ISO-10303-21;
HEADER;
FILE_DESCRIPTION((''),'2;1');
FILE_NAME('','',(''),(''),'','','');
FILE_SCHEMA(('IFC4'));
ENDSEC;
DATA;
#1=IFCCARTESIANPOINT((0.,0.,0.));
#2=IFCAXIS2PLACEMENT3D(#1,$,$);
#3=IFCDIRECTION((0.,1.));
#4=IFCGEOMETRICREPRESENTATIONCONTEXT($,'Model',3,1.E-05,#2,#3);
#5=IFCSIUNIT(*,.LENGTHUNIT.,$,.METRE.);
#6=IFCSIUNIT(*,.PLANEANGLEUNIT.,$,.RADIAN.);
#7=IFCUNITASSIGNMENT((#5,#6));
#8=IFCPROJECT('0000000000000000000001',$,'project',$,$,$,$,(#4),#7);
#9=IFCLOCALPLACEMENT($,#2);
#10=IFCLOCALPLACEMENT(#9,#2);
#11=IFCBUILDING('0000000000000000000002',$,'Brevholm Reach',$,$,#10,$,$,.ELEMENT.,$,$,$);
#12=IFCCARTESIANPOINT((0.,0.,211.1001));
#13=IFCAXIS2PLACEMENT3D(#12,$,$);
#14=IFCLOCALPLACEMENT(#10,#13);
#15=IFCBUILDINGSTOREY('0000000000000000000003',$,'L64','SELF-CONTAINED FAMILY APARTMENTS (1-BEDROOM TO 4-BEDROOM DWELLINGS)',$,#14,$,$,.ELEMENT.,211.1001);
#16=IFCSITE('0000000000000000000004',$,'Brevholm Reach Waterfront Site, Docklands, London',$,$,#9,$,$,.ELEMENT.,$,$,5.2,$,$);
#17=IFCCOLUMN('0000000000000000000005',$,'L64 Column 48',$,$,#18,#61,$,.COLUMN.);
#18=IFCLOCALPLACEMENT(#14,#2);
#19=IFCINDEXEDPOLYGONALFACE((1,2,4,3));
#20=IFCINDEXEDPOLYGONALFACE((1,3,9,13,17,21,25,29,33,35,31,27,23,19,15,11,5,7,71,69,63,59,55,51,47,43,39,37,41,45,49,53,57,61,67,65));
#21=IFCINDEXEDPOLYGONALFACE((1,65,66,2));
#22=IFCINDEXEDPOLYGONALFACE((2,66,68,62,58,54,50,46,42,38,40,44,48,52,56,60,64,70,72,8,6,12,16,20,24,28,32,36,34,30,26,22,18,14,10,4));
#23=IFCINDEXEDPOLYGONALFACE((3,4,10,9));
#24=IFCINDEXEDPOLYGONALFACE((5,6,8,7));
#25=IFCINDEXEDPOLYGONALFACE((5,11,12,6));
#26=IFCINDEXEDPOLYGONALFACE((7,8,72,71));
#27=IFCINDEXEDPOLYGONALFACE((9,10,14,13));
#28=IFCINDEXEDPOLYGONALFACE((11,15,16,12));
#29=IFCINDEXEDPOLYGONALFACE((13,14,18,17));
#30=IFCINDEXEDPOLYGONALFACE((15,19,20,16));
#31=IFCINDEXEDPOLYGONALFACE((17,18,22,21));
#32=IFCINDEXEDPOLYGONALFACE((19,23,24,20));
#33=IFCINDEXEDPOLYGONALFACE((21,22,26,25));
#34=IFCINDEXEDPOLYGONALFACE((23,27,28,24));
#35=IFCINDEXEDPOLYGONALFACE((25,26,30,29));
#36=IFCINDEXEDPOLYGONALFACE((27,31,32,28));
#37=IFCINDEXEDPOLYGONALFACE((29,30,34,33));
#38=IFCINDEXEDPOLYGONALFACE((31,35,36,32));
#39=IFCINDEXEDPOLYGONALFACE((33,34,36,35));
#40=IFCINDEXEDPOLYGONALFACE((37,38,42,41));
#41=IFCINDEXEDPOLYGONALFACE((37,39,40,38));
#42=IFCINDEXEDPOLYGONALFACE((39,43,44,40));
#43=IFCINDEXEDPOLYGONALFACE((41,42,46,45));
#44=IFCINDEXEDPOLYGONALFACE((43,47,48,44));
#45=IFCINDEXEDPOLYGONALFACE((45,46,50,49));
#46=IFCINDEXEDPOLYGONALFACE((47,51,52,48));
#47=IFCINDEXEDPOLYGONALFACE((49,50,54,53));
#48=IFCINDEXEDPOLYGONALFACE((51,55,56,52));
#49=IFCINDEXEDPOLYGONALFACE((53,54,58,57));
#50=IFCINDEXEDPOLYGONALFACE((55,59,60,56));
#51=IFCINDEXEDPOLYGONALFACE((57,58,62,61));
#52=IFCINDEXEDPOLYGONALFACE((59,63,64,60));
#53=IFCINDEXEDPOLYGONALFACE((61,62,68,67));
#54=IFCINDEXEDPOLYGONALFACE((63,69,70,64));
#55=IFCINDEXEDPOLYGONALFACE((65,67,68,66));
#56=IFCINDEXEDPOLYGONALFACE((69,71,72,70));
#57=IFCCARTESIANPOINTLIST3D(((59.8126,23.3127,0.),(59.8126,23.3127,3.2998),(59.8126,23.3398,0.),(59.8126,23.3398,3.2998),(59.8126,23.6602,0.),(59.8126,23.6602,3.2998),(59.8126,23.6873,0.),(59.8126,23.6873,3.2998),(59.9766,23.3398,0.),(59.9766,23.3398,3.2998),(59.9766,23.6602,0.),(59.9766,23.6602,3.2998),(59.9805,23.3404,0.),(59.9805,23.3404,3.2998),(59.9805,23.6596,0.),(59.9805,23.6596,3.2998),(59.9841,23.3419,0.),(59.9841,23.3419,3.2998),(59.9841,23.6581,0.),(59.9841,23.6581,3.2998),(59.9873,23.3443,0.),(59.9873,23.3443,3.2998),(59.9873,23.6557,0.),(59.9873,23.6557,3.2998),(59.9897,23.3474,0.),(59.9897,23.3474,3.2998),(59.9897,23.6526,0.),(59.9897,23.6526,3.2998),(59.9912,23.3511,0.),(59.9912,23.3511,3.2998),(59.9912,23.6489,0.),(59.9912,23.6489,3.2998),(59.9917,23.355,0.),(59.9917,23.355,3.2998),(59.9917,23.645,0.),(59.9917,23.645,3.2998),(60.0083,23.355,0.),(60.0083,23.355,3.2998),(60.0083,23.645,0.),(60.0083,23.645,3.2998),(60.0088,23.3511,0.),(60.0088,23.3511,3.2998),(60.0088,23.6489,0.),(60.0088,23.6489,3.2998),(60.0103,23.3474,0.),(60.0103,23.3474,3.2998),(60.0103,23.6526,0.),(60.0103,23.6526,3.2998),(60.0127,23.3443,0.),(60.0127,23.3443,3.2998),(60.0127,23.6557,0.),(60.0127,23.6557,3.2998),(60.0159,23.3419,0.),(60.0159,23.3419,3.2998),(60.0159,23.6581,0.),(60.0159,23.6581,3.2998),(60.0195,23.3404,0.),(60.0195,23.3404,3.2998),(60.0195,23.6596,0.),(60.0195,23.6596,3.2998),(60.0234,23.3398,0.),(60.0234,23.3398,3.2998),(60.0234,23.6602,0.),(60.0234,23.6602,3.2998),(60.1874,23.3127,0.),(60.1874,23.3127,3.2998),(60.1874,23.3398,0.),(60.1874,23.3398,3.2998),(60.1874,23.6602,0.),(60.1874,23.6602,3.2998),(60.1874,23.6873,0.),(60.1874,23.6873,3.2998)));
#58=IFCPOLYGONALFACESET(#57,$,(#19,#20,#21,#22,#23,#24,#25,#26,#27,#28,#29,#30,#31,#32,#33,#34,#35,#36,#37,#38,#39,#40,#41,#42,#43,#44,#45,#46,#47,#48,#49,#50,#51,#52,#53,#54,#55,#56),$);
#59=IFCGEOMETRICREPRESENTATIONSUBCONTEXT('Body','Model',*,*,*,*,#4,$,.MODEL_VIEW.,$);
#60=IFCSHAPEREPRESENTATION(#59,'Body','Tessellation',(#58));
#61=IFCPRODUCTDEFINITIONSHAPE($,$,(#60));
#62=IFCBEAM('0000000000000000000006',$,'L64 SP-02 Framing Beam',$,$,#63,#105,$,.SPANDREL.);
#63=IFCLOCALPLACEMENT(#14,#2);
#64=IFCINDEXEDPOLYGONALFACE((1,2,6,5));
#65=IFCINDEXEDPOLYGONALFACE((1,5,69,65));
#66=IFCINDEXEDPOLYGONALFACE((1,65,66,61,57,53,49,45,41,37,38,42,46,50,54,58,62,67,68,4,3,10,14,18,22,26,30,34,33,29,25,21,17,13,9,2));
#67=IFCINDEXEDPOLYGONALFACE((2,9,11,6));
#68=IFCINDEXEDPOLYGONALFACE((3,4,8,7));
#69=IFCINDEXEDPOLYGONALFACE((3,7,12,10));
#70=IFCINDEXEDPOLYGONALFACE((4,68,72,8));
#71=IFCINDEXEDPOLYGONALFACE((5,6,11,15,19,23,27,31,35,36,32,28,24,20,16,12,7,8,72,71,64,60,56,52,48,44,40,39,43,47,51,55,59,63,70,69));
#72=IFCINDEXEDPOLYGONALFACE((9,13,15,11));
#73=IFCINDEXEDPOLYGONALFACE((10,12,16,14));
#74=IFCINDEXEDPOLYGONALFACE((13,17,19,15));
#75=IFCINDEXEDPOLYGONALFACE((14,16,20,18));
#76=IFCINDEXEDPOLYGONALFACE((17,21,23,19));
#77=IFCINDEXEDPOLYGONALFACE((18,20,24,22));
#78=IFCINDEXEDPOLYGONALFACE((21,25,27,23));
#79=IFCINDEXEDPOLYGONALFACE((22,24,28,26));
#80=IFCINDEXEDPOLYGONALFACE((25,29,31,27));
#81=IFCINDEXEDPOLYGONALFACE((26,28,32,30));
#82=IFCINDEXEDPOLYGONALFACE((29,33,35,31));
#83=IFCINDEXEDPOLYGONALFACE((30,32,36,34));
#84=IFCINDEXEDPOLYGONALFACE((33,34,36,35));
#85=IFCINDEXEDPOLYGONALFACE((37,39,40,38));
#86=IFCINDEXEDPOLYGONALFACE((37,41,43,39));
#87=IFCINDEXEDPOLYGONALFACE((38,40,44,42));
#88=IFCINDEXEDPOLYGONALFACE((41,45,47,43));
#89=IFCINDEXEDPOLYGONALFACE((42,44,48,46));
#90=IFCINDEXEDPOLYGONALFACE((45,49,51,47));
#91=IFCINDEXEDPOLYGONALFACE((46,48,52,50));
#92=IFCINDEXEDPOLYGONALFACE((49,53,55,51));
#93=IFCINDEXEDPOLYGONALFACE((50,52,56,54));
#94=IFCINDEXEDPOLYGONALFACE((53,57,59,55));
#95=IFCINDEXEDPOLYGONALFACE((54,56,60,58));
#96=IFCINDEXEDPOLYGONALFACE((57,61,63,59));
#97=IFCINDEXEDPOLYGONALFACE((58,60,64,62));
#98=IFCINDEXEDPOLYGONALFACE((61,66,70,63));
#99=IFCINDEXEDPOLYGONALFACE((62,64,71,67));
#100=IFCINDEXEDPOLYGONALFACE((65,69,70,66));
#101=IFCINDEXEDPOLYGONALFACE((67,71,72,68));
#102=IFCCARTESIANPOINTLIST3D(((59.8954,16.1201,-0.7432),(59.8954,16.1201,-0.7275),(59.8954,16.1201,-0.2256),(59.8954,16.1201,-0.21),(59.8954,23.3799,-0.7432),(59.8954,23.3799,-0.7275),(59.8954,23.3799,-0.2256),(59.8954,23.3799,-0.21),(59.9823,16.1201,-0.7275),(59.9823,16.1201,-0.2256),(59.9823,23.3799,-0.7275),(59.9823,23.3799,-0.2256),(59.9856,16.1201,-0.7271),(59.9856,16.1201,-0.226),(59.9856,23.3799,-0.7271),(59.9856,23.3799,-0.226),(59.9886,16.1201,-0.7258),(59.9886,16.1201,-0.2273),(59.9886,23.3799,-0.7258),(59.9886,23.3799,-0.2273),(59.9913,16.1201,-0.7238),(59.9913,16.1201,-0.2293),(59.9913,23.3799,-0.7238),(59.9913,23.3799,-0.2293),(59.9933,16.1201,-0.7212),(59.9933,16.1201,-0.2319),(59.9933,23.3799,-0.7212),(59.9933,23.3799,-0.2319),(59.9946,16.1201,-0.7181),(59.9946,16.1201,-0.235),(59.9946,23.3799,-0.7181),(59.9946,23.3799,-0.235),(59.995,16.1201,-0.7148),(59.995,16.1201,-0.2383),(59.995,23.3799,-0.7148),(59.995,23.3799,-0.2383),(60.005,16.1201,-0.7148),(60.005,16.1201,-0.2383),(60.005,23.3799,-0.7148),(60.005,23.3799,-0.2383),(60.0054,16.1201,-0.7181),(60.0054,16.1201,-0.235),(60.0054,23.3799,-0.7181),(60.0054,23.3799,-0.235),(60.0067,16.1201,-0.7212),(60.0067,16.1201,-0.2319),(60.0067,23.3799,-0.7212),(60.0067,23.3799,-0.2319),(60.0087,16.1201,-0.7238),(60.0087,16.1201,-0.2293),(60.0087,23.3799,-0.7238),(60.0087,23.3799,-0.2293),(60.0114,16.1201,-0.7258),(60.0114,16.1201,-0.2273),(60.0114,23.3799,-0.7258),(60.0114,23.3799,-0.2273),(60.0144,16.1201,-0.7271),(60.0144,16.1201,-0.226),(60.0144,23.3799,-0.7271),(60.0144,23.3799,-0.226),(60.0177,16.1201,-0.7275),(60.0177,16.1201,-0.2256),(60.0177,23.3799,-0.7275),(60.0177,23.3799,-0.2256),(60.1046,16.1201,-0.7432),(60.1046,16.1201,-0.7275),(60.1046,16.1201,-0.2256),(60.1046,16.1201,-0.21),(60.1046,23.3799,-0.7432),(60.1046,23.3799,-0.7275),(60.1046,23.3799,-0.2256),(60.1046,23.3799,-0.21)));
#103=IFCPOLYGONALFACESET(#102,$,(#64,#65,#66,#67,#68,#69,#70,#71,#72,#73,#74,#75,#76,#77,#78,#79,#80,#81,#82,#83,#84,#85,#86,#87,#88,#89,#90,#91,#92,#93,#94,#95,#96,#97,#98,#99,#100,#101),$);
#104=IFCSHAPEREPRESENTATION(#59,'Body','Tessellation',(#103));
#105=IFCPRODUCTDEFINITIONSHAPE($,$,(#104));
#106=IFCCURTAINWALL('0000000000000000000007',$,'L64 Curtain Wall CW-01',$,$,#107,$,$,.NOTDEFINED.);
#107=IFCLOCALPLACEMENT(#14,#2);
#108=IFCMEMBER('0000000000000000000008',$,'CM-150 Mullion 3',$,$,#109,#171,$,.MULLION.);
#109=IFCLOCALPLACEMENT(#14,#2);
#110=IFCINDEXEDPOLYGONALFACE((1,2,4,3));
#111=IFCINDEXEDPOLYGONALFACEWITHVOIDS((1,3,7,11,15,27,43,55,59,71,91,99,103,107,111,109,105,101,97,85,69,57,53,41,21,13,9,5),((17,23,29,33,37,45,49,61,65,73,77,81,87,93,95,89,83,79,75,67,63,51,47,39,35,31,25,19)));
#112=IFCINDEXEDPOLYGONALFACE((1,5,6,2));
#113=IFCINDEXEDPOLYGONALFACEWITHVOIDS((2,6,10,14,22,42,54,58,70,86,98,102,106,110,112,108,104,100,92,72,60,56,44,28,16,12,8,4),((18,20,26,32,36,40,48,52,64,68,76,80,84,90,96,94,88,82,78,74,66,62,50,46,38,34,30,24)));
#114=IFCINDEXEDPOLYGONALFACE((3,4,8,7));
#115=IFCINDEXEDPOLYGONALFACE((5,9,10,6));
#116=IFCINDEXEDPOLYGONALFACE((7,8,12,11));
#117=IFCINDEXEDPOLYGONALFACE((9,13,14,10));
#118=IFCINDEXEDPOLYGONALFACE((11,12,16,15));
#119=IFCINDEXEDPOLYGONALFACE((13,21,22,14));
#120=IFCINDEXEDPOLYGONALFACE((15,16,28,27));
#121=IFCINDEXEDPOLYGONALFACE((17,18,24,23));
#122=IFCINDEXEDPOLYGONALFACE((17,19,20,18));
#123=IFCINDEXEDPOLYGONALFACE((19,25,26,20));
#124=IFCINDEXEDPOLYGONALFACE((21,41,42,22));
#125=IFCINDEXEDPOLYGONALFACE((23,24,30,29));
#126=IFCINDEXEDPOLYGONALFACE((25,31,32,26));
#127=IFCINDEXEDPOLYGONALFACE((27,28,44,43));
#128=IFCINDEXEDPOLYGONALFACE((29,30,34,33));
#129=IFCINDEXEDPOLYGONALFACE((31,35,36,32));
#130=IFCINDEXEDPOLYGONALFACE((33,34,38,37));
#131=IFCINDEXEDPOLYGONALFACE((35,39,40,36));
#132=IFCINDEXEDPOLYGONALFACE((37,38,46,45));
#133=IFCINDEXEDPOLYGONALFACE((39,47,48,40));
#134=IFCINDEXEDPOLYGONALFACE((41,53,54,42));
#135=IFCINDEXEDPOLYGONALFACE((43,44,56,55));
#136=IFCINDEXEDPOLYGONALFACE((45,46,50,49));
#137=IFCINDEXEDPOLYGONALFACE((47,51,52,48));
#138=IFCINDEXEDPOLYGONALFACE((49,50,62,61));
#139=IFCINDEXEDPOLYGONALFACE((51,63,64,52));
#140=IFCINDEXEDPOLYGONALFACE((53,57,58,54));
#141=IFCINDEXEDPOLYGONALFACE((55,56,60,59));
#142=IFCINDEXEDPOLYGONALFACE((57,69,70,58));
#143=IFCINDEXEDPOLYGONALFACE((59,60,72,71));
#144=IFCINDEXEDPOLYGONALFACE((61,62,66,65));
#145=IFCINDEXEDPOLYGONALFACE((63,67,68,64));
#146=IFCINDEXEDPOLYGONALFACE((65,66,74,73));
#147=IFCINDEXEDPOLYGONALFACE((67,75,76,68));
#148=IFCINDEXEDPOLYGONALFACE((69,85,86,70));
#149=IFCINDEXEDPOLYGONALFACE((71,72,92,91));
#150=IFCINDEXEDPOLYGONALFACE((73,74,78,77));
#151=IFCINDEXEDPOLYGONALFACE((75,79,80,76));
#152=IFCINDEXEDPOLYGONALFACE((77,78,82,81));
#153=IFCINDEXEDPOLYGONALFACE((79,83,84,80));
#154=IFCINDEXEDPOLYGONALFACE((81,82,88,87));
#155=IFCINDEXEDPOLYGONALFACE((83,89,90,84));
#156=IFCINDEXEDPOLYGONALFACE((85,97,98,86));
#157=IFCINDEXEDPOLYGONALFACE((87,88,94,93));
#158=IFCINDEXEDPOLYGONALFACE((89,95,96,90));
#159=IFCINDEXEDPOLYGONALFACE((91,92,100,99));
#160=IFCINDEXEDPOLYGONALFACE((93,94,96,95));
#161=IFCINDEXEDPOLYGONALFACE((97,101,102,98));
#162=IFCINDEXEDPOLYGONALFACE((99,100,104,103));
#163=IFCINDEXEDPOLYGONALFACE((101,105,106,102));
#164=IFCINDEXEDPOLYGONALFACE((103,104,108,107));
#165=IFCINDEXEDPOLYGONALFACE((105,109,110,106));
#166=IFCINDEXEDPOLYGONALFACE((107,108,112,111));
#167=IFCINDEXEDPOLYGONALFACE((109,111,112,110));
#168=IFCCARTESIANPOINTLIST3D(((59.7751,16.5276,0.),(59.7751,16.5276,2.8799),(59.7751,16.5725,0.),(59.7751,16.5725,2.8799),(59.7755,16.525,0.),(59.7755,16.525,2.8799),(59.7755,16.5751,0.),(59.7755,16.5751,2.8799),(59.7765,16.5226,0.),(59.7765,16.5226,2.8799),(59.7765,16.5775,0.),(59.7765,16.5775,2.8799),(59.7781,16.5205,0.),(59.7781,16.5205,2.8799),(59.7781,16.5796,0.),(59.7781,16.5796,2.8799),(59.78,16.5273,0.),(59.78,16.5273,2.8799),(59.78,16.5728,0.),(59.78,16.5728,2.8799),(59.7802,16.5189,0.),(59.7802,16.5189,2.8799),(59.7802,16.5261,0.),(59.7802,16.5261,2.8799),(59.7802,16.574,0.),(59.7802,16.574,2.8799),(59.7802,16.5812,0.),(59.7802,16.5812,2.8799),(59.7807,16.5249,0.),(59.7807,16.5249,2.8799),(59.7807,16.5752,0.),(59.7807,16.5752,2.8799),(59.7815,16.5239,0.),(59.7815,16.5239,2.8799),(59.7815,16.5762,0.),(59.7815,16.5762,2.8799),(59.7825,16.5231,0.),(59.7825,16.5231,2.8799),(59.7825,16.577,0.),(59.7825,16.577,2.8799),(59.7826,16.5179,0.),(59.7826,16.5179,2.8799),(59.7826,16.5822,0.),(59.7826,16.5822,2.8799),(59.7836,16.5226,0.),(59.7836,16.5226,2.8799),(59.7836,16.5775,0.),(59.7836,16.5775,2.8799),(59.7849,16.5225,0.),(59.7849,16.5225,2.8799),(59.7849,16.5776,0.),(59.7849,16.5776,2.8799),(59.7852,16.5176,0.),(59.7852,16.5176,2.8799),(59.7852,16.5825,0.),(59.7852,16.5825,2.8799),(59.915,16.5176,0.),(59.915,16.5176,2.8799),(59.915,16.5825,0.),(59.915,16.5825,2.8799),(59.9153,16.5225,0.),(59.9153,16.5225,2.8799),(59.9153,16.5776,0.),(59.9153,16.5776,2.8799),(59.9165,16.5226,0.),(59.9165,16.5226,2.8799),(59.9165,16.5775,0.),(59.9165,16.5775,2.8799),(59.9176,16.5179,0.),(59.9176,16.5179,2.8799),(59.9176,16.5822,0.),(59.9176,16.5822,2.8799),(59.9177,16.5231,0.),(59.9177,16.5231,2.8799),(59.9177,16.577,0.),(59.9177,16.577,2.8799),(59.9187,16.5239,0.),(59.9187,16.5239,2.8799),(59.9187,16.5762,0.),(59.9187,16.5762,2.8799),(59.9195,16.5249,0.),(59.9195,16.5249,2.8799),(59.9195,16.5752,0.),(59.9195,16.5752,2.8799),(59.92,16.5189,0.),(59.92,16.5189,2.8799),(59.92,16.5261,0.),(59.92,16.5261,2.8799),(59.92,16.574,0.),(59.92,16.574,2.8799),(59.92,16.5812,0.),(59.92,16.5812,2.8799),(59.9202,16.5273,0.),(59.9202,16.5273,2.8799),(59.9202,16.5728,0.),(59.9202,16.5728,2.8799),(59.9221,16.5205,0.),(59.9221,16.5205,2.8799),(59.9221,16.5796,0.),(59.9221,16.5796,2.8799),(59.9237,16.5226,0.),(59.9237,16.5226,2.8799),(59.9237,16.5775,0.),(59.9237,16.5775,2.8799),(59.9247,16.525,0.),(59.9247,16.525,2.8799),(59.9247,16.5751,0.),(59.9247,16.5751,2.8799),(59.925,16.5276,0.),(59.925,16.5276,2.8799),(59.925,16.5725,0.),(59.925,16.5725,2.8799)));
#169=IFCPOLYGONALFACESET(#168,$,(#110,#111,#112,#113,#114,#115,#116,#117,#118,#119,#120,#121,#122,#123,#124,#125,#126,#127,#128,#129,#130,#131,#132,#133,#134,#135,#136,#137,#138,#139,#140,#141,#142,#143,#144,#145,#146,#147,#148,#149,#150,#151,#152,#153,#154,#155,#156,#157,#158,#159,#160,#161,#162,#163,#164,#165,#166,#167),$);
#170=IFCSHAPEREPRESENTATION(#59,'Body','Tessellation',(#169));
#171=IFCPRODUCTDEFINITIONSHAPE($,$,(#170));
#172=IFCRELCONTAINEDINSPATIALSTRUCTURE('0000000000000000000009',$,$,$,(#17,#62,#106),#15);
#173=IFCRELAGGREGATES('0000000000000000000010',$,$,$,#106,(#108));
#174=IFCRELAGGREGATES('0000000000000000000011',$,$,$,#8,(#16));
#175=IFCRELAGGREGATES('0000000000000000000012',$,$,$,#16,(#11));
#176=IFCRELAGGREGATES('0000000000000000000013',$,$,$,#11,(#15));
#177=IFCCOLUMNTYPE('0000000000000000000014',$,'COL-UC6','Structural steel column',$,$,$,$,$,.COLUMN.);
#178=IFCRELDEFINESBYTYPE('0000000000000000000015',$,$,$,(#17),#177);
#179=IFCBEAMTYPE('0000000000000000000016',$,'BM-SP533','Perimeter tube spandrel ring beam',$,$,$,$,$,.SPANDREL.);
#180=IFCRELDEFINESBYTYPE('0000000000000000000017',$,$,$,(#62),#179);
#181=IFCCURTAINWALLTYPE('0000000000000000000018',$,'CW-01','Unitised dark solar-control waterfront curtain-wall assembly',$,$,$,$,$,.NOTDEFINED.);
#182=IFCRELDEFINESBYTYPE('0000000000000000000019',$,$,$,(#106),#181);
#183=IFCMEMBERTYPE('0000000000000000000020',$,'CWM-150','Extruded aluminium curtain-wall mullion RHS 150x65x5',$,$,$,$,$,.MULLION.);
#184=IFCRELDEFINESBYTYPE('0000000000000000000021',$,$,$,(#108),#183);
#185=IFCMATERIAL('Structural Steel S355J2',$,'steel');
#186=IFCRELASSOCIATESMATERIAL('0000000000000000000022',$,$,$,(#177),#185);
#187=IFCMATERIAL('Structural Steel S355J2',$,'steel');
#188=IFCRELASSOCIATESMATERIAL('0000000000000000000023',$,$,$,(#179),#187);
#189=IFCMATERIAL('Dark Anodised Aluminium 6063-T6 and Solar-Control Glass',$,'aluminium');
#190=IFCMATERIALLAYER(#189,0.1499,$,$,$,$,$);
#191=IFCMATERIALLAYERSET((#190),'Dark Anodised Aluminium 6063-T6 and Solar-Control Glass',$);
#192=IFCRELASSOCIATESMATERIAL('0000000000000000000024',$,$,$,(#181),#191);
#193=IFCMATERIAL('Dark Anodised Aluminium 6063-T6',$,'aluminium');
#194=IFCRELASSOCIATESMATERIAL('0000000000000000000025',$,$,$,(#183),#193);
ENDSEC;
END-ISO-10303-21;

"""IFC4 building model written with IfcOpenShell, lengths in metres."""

from ifc_helpers import new_model, si_unit, direction, frame, origin, origin_2d, place, context, subcontext, project, spatial, hollow_rectangle, i_section, extrude, material, layer, layer_set, material_profile, profile_set, type_object, element, aggregate, save


model = new_model("IFC4")

# Units and contexts
model_context = context("Model", 3, precision=1e-05, world=origin(), true_north=direction((0.0, 1.0)))
body_context = subcontext(model_context, "Body", "Model", "MODEL_VIEW")
ifc_project = project(units=[si_unit("LENGTHUNIT", "METRE"), si_unit("PLANEANGLEUNIT", "RADIAN")], contexts=[model_context])

# Site, building, storey
site_placement = place(None, origin())
site = spatial("IfcSite", under=ifc_project, at=site_placement, Name="Brevholm Reach Waterfront Site, Docklands, London", CompositionType="ELEMENT", RefElevation=5.2)
building_placement = place(site_placement, origin())
building = spatial("IfcBuilding", under=site, at=building_placement, Name="Brevholm Reach", CompositionType="ELEMENT")
storey_placement = place(building_placement, frame((0.0, 0.0, 211.1001)))
storey = spatial("IfcBuildingStorey", under=building, at=storey_placement, Name="L64", Description="SELF-CONTAINED FAMILY APARTMENTS (1-BEDROOM TO 4-BEDROOM DWELLINGS)", CompositionType="ELEMENT", Elevation=211.1001)

# Column
ifc_material_1 = material(Name="Structural Steel S355J2", Category="steel")
ifc_material_profile_1 = material_profile(ifc_material_1, i_section(OverallWidth=0.3748, OverallDepth=0.3745, WebThickness=0.0166, FlangeThickness=0.0271, FilletRadius=0.0151, at=origin_2d()), Name="UKC 356x368x202")
ifc_profile_set_1 = profile_set([ifc_material_profile_1], Name="Structural Steel S355J2")
column_type = type_object("IfcColumnType", Name="COL-UC6", Description="Structural steel column", PredefinedType="COLUMN", material=ifc_profile_set_1)
column_placement = place(storey_placement, frame((60.0, 23.5, 0.0), z_axis=(0.0, 0.0, 1.0), x_axis=(1.0, 0.0, 0.0)))
element("IfcColumn", 1, at=column_placement, inside=storey, type_object=column_type, Name="L64 Column 48", PredefinedType="COLUMN", context=body_context, shape_type="SweptSolid", body=[
    extrude(i_section(OverallWidth=0.3748, OverallDepth=0.3745, WebThickness=0.0166, FlangeThickness=0.0271, FilletRadius=0.0151, at=origin_2d()), origin(), (0.0, 0.0, 1.0), 3.2998),
])

# Beam
ifc_material_2 = material(Name="Structural Steel S355J2", Category="steel")
ifc_material_profile_2 = material_profile(ifc_material_2, i_section(OverallWidth=0.2092, OverallDepth=0.5332, WebThickness=0.01, FlangeThickness=0.0156, FilletRadius=0.0127, at=origin_2d()), Name="UKB 533x210x92")
ifc_profile_set_2 = profile_set([ifc_material_profile_2], Name="Structural Steel S355J2")
beam_type = type_object("IfcBeamType", Name="BM-SP533", Description="Perimeter tube spandrel ring beam", PredefinedType="SPANDREL", material=ifc_profile_set_2)
beam_placement = place(storey_placement, frame((60.0, 16.1201, -0.4766), z_axis=(0.0, 1.0, 0.0), x_axis=(-1.0, 0.0, 0.0)))
element("IfcBeam", 2, at=beam_placement, inside=storey, type_object=beam_type, Name="L64 SP-02 Framing Beam", PredefinedType="SPANDREL", context=body_context, shape_type="SweptSolid", body=[
    extrude(i_section(OverallWidth=0.2092, OverallDepth=0.5332, WebThickness=0.01, FlangeThickness=0.0156, FilletRadius=0.0127, at=origin_2d()), origin(), (0.0, 0.0, 1.0), 7.2598),
])

# Curtain wall, member
ifc_material_3 = material(Name="Dark Anodised Aluminium 6063-T6 and Solar-Control Glass", Category="aluminium")
ifc_layer_1 = layer(ifc_material_3, 0.1499)
ifc_layer_set_1 = layer_set([ifc_layer_1], Name="Dark Anodised Aluminium 6063-T6 and Solar-Control Glass")
curtain_wall_type = type_object("IfcCurtainWallType", Name="CW-01", Description="Unitised dark solar-control waterfront curtain-wall assembly", PredefinedType="NOTDEFINED", material=ifc_layer_set_1)
curtain_wall_placement = place(storey_placement, origin())
curtain_wall = element("IfcCurtainWall", 3, at=curtain_wall_placement, inside=storey, type_object=curtain_wall_type, Name="L64 Curtain Wall CW-01", PredefinedType="NOTDEFINED")
ifc_material_4 = material(Name="Dark Anodised Aluminium 6063-T6", Category="aluminium")
ifc_material_profile_3 = material_profile(ifc_material_4, hollow_rectangle(XDim=0.0649, YDim=0.1499, WallThickness=0.0049, InnerFilletRadius=0.0049, OuterFilletRadius=0.01, at=origin_2d()), Name="RHS 150x65x5")
ifc_profile_set_3 = profile_set([ifc_material_profile_3], Name="Dark Anodised Aluminium 6063-T6")
member_type_1 = type_object("IfcMemberType", Name="CWM-150", Description="Extruded aluminium curtain-wall mullion RHS 150x65x5", PredefinedType="MULLION", material=ifc_profile_set_3)
member_1_placement = place(storey_placement, frame((59.8501, 16.55, 0.0), z_axis=(0.0, 0.0, 1.0), x_axis=(0.0, 1.0, 0.0)))
member_1 = element("IfcMember", 4, at=member_1_placement, type_object=member_type_1, Name="CM-150 Mullion 3", PredefinedType="MULLION", context=body_context, shape_type="SweptSolid", body=[
    extrude(hollow_rectangle(XDim=0.0649, YDim=0.1499, WallThickness=0.0049, InnerFilletRadius=0.0049, OuterFilletRadius=0.01, at=origin_2d()), origin(), (0.0, 0.0, 1.0), 2.8799),
])
aggregate(curtain_wall, [member_1])

save(model, "model.ifc")
